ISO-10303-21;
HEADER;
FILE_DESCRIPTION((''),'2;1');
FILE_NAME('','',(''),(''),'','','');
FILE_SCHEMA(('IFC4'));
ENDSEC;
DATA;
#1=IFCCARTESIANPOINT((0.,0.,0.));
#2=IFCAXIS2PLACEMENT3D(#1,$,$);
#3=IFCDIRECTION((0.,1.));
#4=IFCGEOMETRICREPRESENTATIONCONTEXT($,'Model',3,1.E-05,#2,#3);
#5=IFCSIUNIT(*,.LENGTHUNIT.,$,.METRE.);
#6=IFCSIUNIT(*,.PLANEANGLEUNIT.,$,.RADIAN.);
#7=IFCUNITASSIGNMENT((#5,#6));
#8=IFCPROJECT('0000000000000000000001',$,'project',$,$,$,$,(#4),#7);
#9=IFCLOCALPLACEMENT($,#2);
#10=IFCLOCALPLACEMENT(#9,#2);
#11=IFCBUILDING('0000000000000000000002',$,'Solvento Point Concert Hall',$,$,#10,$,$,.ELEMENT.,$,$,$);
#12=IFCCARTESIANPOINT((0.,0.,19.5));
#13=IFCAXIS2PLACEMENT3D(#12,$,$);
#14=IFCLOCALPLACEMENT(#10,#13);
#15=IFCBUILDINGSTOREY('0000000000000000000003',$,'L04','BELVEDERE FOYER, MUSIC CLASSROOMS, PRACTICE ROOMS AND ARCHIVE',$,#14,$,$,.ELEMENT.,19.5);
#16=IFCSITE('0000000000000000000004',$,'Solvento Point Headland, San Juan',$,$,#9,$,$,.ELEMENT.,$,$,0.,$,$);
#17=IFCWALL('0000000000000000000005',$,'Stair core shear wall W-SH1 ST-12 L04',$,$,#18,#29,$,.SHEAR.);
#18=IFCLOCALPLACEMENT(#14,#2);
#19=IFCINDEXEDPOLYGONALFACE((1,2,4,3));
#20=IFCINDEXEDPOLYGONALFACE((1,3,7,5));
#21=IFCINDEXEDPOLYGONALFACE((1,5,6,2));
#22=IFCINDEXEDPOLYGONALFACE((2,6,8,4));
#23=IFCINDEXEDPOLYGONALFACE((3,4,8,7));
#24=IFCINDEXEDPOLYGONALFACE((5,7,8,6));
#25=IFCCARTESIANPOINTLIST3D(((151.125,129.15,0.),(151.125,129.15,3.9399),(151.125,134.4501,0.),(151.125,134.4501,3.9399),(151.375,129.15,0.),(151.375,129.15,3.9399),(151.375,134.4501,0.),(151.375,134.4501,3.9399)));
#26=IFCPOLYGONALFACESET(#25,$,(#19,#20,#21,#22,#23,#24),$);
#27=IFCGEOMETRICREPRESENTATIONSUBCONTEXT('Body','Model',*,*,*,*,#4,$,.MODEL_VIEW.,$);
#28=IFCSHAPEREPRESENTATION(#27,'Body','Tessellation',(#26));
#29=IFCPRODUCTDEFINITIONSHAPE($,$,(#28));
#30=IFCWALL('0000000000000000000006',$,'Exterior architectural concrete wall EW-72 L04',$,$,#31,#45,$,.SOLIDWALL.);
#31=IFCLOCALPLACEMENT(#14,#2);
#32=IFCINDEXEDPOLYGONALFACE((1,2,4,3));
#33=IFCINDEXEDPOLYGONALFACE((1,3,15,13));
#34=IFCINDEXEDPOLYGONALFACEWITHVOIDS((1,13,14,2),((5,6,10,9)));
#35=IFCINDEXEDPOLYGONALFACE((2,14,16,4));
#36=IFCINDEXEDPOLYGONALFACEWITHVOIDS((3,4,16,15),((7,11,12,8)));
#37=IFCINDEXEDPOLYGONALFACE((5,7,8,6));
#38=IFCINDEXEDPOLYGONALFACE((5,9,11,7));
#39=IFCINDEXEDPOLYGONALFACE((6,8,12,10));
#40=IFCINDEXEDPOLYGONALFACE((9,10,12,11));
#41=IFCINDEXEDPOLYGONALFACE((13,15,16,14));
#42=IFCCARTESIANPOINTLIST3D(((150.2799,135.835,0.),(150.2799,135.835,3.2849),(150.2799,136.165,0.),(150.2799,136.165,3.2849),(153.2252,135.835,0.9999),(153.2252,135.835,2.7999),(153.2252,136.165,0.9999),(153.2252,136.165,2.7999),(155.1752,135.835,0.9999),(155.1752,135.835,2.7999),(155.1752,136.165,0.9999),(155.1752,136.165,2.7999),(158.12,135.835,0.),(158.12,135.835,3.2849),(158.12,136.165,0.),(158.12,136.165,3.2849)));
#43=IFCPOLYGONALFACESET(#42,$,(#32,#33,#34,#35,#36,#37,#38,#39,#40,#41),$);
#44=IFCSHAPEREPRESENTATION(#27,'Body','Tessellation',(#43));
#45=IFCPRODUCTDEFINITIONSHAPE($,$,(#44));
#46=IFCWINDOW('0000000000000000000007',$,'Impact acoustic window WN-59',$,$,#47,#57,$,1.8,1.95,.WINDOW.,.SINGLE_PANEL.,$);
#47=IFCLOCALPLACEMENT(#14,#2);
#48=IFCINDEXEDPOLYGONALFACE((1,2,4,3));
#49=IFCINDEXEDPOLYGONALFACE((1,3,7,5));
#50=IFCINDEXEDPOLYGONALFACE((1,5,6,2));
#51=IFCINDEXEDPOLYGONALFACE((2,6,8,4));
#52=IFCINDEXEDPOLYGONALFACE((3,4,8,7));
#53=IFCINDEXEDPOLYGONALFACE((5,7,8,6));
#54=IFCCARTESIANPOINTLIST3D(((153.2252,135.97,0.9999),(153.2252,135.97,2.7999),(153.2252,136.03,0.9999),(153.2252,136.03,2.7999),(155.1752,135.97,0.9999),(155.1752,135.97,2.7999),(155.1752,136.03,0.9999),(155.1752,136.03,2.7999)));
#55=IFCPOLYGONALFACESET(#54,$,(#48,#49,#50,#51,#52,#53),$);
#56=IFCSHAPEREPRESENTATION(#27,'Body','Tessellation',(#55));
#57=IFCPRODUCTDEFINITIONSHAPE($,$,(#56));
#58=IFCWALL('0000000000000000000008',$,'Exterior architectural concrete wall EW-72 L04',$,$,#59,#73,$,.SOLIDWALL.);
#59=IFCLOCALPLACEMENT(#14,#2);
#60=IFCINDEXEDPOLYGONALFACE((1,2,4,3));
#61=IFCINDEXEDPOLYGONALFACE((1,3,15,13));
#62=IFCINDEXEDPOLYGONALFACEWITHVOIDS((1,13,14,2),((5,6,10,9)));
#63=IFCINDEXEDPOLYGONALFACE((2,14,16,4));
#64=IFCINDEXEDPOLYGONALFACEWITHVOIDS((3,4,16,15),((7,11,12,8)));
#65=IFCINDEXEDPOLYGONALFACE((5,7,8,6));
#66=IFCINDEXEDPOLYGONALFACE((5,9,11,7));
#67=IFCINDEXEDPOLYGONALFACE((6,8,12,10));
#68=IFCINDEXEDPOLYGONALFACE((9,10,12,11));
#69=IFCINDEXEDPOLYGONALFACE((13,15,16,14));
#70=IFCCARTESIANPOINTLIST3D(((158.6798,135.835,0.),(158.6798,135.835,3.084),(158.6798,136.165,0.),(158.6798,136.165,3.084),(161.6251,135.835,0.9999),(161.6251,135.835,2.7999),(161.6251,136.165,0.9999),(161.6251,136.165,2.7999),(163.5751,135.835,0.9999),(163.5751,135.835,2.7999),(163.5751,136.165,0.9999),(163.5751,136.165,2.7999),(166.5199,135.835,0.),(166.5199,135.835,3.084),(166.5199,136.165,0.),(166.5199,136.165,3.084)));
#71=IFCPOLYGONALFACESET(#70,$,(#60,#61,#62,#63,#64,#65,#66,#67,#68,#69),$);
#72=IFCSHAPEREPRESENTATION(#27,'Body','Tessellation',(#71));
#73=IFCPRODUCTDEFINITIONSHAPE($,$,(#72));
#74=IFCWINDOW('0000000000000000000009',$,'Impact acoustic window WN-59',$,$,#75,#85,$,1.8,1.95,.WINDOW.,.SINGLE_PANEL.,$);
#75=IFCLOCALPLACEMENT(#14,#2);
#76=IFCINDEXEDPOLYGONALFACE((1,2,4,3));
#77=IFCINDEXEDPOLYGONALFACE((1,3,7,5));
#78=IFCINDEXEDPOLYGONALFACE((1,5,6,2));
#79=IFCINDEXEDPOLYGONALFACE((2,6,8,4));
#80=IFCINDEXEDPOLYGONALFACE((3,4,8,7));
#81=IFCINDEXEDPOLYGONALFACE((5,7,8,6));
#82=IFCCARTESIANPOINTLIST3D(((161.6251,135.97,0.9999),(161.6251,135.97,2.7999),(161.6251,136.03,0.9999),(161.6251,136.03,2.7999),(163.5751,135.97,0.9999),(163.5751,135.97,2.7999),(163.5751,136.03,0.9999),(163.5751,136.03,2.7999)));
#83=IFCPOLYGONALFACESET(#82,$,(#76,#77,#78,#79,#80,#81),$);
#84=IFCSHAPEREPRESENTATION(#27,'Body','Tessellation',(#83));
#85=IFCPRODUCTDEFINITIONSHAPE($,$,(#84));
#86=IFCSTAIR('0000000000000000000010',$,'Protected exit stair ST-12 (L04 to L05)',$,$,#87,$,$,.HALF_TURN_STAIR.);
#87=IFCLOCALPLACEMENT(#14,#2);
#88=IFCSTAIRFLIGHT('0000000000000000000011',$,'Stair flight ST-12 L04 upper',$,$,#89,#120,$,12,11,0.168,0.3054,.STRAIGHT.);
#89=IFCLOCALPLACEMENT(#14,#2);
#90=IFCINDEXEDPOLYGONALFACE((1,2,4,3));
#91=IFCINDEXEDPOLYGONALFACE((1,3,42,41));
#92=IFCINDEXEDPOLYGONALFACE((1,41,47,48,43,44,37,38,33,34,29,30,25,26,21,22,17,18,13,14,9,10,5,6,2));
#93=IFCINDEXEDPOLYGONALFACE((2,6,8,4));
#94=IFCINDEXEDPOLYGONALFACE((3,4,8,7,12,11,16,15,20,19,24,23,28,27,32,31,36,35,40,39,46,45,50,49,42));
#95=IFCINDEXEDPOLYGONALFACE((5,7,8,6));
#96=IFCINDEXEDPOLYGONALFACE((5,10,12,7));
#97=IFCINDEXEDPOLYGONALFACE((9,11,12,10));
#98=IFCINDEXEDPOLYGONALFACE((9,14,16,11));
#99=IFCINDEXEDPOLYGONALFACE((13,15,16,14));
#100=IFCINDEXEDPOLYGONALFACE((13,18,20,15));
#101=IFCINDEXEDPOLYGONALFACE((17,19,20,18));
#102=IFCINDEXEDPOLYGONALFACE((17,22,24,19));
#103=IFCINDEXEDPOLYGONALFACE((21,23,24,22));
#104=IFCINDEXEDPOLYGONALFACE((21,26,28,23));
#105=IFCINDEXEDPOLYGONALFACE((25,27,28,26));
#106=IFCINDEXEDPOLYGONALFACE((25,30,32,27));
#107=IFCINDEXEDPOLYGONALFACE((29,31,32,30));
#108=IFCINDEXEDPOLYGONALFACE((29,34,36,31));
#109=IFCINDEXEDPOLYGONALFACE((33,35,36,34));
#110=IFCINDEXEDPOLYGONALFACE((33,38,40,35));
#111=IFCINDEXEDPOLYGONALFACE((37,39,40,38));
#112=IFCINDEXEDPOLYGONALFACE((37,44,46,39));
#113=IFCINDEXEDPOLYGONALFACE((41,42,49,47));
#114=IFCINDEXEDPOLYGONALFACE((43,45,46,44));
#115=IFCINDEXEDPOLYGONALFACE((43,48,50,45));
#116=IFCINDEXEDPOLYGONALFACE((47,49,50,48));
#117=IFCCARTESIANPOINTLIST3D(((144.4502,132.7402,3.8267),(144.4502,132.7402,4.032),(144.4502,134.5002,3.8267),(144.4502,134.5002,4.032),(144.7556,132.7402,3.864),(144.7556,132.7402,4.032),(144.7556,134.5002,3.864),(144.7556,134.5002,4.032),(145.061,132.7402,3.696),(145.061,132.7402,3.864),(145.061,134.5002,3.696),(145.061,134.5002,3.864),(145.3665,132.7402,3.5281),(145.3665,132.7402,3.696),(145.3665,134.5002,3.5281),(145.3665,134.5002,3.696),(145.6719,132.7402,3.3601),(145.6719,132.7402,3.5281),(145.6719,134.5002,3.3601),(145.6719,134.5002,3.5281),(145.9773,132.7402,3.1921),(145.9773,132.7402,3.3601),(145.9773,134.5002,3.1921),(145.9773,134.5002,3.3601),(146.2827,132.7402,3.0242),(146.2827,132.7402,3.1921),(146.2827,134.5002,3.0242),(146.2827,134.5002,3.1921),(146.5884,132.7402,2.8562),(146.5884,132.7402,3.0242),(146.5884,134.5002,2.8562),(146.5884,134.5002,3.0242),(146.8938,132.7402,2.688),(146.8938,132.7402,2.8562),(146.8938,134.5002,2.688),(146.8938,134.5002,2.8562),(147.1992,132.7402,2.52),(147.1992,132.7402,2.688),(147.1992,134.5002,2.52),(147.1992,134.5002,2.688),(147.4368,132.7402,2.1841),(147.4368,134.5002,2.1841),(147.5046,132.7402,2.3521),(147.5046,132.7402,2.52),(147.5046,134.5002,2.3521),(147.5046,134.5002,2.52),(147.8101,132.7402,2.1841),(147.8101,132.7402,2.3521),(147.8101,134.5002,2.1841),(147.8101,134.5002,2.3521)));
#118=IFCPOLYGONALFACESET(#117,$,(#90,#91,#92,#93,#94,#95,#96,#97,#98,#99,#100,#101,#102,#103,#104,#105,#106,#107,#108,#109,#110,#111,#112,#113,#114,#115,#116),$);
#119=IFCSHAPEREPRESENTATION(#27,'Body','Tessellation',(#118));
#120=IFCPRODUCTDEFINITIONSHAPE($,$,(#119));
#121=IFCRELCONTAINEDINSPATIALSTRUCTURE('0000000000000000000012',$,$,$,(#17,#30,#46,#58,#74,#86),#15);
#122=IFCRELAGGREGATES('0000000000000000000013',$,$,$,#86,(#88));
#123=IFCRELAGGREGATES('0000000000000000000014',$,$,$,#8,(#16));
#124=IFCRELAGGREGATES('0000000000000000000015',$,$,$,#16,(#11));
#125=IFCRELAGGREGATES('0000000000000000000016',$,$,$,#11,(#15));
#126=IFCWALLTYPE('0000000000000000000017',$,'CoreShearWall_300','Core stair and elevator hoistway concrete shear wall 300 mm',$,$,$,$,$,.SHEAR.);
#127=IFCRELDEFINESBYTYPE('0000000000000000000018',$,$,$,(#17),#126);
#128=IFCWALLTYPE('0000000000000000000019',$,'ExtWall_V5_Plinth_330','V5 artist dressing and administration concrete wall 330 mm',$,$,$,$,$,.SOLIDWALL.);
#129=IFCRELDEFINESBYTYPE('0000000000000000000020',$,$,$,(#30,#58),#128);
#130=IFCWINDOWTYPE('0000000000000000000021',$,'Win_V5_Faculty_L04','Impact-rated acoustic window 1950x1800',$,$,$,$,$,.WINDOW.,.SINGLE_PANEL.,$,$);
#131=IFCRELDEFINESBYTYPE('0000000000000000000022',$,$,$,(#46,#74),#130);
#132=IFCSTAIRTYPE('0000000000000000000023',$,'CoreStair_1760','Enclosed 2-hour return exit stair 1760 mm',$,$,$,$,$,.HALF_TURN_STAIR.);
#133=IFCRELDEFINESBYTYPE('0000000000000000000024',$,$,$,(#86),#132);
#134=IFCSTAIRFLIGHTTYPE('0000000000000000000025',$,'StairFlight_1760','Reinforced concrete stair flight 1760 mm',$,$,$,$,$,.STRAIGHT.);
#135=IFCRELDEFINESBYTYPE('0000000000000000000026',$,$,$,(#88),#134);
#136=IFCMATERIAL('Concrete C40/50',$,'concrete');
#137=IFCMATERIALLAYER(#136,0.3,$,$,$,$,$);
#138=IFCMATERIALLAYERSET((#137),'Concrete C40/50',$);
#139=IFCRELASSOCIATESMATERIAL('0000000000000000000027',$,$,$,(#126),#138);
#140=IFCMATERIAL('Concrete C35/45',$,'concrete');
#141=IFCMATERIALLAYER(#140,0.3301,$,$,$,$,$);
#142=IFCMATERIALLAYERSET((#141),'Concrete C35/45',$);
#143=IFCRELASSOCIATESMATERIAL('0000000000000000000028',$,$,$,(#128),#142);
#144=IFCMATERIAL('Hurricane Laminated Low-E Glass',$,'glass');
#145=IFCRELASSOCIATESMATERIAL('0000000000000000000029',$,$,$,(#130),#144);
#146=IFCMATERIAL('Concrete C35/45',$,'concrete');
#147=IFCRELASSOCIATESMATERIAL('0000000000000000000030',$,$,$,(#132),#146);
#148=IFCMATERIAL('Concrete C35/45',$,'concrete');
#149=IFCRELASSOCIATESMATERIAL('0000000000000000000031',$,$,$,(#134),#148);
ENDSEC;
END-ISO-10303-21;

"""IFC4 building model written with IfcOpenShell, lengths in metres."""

from ifc_helpers import new_model, si_unit, direction, frame, frame_2d, origin, place, context, subcontext, project, spatial, polyline, rectangle, outline, extrude, material, layer, layer_set, type_object, element, fill, aggregate, save


model = new_model("IFC4")

# Units and contexts
model_context = context("Model", 3, precision=1e-05, world=origin(), true_north=direction((0.0, 1.0)))
body_context = subcontext(model_context, "Body", "Model", "MODEL_VIEW")
ifc_project = project(units=[si_unit("LENGTHUNIT", "METRE"), si_unit("PLANEANGLEUNIT", "RADIAN")], contexts=[model_context])

# Site, building, storey
site_placement = place(None, origin())
site = spatial("IfcSite", under=ifc_project, at=site_placement, Name="Solvento Point Headland, San Juan", CompositionType="ELEMENT", RefElevation=0.0)
building_placement = place(site_placement, origin())
building = spatial("IfcBuilding", under=site, at=building_placement, Name="Solvento Point Concert Hall", CompositionType="ELEMENT")
storey_placement = place(building_placement, frame((0.0, 0.0, 19.5)))
storey = spatial("IfcBuildingStorey", under=building, at=storey_placement, Name="L04", Description="BELVEDERE FOYER, MUSIC CLASSROOMS, PRACTICE ROOMS AND ARCHIVE", CompositionType="ELEMENT", Elevation=19.5)

# Wall
ifc_material_1 = material(Name="Concrete C40/50", Category="concrete")
ifc_layer_1 = layer(ifc_material_1, 0.3)
ifc_layer_set_1 = layer_set([ifc_layer_1], Name="Concrete C40/50")
wall_type_1 = type_object("IfcWallType", Name="CoreShearWall_300", Description="Core stair and elevator hoistway concrete shear wall 300 mm", PredefinedType="SHEAR", material=ifc_layer_set_1)
wall_1_placement = place(storey_placement, frame((151.25, 134.45, 0.0), z_axis=(0.0, 0.0, 1.0), x_axis=(0.0, -1.0, 0.0)))
element("IfcWall", 1, at=wall_1_placement, inside=storey, type_object=wall_type_1, Name="Stair core shear wall W-SH1 ST-12 L04", PredefinedType="SHEAR", context=body_context, shape_type="SweptSolid", body=[
    extrude(rectangle(XDim=5.3, YDim=0.25, at=frame_2d((2.6499, 0.0))), origin(), (0.0, 0.0, 1.0), 3.9399),
])

# Walls, openings, windows
ifc_material_2 = material(Name="Concrete C35/45", Category="concrete")
ifc_layer_2 = layer(ifc_material_2, 0.3301)
ifc_layer_set_2 = layer_set([ifc_layer_2], Name="Concrete C35/45")
wall_type_2 = type_object("IfcWallType", Name="ExtWall_V5_Plinth_330", Description="V5 artist dressing and administration concrete wall 330 mm", PredefinedType="SOLIDWALL", material=ifc_layer_set_2)
wall_2_placement = place(storey_placement, frame((150.28, 136.0, 0.0), z_axis=(0.0, 0.0, 1.0), x_axis=(1.0, 0.0, 0.0)))
wall_2 = element("IfcWall", 2, at=wall_2_placement, inside=storey, type_object=wall_type_2, Name="Exterior architectural concrete wall EW-72 L04", PredefinedType="SOLIDWALL", context=body_context, shape_type="SweptSolid", body=[
    extrude(rectangle(XDim=7.8401, YDim=0.3301, at=frame_2d((3.9199, 0.0))), origin(), (0.0, 0.0, 1.0), 3.2849),
])
opening_1_placement = place(wall_2_placement, frame((2.9451, 0.0, 1.0)))
opening_1 = element("IfcOpeningElement", 3, at=opening_1_placement, cuts=wall_2, PredefinedType="OPENING", context=body_context, shape_type="SweptSolid", body=[
    extrude(rectangle(XDim=1.95, YDim=1.8, at=frame_2d((0.9751, 0.8999))), frame((0.0, 0.175, 0.0), z_axis=(0.0, -1.0, 0.0), x_axis=(1.0, 0.0, 0.0)), (0.0, 0.0, 1.0), 0.3501),
])
ifc_material_3 = material(Name="Hurricane Laminated Low-E Glass", Category="glass")
window_type = type_object("IfcWindowType", Name="Win_V5_Faculty_L04", Description="Impact-rated acoustic window 1950x1800", PartitioningType="SINGLE_PANEL", PredefinedType="WINDOW", material=ifc_material_3)
window_1_placement = place(opening_1_placement, origin())
window_1 = element("IfcWindow", 4, at=window_1_placement, inside=storey, type_object=window_type, Name="Impact acoustic window WN-59", OverallHeight=1.8, OverallWidth=1.95, PartitioningType="SINGLE_PANEL", PredefinedType="WINDOW", context=body_context, shape_type="SweptSolid", body=[
    extrude(rectangle(XDim=1.95, YDim=1.8, at=frame_2d((0.9751, 0.8999))), frame((0.0, 0.03, 0.0), z_axis=(0.0, -1.0, 0.0), x_axis=(1.0, 0.0, 0.0)), (0.0, 0.0, 1.0), 0.0601),
])
fill(opening_1, window_1)
wall_3_placement = place(storey_placement, frame((158.6799, 136.0, 0.0), z_axis=(0.0, 0.0, 1.0), x_axis=(1.0, 0.0, 0.0)))
wall_3 = element("IfcWall", 5, at=wall_3_placement, inside=storey, type_object=wall_type_2, Name="Exterior architectural concrete wall EW-72 L04", PredefinedType="SOLIDWALL", context=body_context, shape_type="SweptSolid", body=[
    extrude(rectangle(XDim=7.8401, YDim=0.3301, at=frame_2d((3.9199, 0.0))), origin(), (0.0, 0.0, 1.0), 3.084),
])
opening_2_placement = place(wall_3_placement, frame((2.9451, 0.0, 1.0)))
opening_2 = element("IfcOpeningElement", 6, at=opening_2_placement, cuts=wall_3, PredefinedType="OPENING", context=body_context, shape_type="SweptSolid", body=[
    extrude(rectangle(XDim=1.95, YDim=1.8, at=frame_2d((0.9751, 0.8999))), frame((0.0, 0.175, 0.0), z_axis=(0.0, -1.0, 0.0), x_axis=(1.0, 0.0, 0.0)), (0.0, 0.0, 1.0), 0.3501),
])
window_2_placement = place(opening_2_placement, origin())
window_2 = element("IfcWindow", 7, at=window_2_placement, inside=storey, type_object=window_type, Name="Impact acoustic window WN-59", OverallHeight=1.8, OverallWidth=1.95, PartitioningType="SINGLE_PANEL", PredefinedType="WINDOW", context=body_context, shape_type="SweptSolid", body=[
    extrude(rectangle(XDim=1.95, YDim=1.8, at=frame_2d((0.9751, 0.8999))), frame((0.0, 0.03, 0.0), z_axis=(0.0, -1.0, 0.0), x_axis=(1.0, 0.0, 0.0)), (0.0, 0.0, 1.0), 0.0601),
])
fill(opening_2, window_2)

# Stair, stair flight
ifc_material_4 = material(Name="Concrete C35/45", Category="concrete")
stair_type = type_object("IfcStairType", Name="CoreStair_1760", Description="Enclosed 2-hour return exit stair 1760 mm", PredefinedType="HALF_TURN_STAIR", material=ifc_material_4)
stair_placement = place(storey_placement, origin())
stair = element("IfcStair", 8, at=stair_placement, inside=storey, type_object=stair_type, Name="Protected exit stair ST-12 (L04 to L05)", PredefinedType="HALF_TURN_STAIR")
ifc_material_5 = material(Name="Concrete C35/45", Category="concrete")
stair_flight_type = type_object("IfcStairFlightType", Name="StairFlight_1760", Description="Reinforced concrete stair flight 1760 mm", PredefinedType="STRAIGHT", material=ifc_material_5)
stair_flight_placement = place(storey_placement, frame((147.8101, 133.6201, 2.1841), z_axis=(0.0, 0.0, 1.0), x_axis=(-1.0, 0.0, 0.0)))
stair_flight = element("IfcStairFlight", 9, at=stair_flight_placement, type_object=stair_flight_type, Name="Stair flight ST-12 L04 upper", NumberOfRisers=12, NumberOfTreads=11, PredefinedType="STRAIGHT", RiserHeight=0.168, TreadLength=0.3054, context=body_context, shape_type="SweptSolid", body=[
    extrude(outline(polyline([(0.0, 0.0), (0.0, 0.168), (0.3054, 0.168), (0.3054, 0.3359), (0.6108, 0.3359), (0.6108, 0.5039), (0.9163, 0.5039), (0.9163, 0.6721), (1.2217, 0.6721), (1.2217, 0.8401), (1.5273, 0.8401), (1.5273, 1.0081), (1.8328, 1.0081), (1.8328, 1.176), (2.1382, 1.176), (2.1382, 1.344), (2.4436, 1.344), (2.4436, 1.512), (2.749, 1.512), (2.749, 1.6799), (3.0544, 1.6799), (3.0544, 1.8479), (3.3599, 1.8479), (3.3599, 2.0161), (3.3599, 1.6426), (0.3733, 0.0), (0.0, 0.0)])), frame((0.0, 0.8799, 0.0), z_axis=(0.0, -1.0, 0.0), x_axis=(1.0, 0.0, 0.0)), (0.0, 0.0, 1.0), 1.76),
])
aggregate(stair, [stair_flight])

save(model, "model.ifc")
